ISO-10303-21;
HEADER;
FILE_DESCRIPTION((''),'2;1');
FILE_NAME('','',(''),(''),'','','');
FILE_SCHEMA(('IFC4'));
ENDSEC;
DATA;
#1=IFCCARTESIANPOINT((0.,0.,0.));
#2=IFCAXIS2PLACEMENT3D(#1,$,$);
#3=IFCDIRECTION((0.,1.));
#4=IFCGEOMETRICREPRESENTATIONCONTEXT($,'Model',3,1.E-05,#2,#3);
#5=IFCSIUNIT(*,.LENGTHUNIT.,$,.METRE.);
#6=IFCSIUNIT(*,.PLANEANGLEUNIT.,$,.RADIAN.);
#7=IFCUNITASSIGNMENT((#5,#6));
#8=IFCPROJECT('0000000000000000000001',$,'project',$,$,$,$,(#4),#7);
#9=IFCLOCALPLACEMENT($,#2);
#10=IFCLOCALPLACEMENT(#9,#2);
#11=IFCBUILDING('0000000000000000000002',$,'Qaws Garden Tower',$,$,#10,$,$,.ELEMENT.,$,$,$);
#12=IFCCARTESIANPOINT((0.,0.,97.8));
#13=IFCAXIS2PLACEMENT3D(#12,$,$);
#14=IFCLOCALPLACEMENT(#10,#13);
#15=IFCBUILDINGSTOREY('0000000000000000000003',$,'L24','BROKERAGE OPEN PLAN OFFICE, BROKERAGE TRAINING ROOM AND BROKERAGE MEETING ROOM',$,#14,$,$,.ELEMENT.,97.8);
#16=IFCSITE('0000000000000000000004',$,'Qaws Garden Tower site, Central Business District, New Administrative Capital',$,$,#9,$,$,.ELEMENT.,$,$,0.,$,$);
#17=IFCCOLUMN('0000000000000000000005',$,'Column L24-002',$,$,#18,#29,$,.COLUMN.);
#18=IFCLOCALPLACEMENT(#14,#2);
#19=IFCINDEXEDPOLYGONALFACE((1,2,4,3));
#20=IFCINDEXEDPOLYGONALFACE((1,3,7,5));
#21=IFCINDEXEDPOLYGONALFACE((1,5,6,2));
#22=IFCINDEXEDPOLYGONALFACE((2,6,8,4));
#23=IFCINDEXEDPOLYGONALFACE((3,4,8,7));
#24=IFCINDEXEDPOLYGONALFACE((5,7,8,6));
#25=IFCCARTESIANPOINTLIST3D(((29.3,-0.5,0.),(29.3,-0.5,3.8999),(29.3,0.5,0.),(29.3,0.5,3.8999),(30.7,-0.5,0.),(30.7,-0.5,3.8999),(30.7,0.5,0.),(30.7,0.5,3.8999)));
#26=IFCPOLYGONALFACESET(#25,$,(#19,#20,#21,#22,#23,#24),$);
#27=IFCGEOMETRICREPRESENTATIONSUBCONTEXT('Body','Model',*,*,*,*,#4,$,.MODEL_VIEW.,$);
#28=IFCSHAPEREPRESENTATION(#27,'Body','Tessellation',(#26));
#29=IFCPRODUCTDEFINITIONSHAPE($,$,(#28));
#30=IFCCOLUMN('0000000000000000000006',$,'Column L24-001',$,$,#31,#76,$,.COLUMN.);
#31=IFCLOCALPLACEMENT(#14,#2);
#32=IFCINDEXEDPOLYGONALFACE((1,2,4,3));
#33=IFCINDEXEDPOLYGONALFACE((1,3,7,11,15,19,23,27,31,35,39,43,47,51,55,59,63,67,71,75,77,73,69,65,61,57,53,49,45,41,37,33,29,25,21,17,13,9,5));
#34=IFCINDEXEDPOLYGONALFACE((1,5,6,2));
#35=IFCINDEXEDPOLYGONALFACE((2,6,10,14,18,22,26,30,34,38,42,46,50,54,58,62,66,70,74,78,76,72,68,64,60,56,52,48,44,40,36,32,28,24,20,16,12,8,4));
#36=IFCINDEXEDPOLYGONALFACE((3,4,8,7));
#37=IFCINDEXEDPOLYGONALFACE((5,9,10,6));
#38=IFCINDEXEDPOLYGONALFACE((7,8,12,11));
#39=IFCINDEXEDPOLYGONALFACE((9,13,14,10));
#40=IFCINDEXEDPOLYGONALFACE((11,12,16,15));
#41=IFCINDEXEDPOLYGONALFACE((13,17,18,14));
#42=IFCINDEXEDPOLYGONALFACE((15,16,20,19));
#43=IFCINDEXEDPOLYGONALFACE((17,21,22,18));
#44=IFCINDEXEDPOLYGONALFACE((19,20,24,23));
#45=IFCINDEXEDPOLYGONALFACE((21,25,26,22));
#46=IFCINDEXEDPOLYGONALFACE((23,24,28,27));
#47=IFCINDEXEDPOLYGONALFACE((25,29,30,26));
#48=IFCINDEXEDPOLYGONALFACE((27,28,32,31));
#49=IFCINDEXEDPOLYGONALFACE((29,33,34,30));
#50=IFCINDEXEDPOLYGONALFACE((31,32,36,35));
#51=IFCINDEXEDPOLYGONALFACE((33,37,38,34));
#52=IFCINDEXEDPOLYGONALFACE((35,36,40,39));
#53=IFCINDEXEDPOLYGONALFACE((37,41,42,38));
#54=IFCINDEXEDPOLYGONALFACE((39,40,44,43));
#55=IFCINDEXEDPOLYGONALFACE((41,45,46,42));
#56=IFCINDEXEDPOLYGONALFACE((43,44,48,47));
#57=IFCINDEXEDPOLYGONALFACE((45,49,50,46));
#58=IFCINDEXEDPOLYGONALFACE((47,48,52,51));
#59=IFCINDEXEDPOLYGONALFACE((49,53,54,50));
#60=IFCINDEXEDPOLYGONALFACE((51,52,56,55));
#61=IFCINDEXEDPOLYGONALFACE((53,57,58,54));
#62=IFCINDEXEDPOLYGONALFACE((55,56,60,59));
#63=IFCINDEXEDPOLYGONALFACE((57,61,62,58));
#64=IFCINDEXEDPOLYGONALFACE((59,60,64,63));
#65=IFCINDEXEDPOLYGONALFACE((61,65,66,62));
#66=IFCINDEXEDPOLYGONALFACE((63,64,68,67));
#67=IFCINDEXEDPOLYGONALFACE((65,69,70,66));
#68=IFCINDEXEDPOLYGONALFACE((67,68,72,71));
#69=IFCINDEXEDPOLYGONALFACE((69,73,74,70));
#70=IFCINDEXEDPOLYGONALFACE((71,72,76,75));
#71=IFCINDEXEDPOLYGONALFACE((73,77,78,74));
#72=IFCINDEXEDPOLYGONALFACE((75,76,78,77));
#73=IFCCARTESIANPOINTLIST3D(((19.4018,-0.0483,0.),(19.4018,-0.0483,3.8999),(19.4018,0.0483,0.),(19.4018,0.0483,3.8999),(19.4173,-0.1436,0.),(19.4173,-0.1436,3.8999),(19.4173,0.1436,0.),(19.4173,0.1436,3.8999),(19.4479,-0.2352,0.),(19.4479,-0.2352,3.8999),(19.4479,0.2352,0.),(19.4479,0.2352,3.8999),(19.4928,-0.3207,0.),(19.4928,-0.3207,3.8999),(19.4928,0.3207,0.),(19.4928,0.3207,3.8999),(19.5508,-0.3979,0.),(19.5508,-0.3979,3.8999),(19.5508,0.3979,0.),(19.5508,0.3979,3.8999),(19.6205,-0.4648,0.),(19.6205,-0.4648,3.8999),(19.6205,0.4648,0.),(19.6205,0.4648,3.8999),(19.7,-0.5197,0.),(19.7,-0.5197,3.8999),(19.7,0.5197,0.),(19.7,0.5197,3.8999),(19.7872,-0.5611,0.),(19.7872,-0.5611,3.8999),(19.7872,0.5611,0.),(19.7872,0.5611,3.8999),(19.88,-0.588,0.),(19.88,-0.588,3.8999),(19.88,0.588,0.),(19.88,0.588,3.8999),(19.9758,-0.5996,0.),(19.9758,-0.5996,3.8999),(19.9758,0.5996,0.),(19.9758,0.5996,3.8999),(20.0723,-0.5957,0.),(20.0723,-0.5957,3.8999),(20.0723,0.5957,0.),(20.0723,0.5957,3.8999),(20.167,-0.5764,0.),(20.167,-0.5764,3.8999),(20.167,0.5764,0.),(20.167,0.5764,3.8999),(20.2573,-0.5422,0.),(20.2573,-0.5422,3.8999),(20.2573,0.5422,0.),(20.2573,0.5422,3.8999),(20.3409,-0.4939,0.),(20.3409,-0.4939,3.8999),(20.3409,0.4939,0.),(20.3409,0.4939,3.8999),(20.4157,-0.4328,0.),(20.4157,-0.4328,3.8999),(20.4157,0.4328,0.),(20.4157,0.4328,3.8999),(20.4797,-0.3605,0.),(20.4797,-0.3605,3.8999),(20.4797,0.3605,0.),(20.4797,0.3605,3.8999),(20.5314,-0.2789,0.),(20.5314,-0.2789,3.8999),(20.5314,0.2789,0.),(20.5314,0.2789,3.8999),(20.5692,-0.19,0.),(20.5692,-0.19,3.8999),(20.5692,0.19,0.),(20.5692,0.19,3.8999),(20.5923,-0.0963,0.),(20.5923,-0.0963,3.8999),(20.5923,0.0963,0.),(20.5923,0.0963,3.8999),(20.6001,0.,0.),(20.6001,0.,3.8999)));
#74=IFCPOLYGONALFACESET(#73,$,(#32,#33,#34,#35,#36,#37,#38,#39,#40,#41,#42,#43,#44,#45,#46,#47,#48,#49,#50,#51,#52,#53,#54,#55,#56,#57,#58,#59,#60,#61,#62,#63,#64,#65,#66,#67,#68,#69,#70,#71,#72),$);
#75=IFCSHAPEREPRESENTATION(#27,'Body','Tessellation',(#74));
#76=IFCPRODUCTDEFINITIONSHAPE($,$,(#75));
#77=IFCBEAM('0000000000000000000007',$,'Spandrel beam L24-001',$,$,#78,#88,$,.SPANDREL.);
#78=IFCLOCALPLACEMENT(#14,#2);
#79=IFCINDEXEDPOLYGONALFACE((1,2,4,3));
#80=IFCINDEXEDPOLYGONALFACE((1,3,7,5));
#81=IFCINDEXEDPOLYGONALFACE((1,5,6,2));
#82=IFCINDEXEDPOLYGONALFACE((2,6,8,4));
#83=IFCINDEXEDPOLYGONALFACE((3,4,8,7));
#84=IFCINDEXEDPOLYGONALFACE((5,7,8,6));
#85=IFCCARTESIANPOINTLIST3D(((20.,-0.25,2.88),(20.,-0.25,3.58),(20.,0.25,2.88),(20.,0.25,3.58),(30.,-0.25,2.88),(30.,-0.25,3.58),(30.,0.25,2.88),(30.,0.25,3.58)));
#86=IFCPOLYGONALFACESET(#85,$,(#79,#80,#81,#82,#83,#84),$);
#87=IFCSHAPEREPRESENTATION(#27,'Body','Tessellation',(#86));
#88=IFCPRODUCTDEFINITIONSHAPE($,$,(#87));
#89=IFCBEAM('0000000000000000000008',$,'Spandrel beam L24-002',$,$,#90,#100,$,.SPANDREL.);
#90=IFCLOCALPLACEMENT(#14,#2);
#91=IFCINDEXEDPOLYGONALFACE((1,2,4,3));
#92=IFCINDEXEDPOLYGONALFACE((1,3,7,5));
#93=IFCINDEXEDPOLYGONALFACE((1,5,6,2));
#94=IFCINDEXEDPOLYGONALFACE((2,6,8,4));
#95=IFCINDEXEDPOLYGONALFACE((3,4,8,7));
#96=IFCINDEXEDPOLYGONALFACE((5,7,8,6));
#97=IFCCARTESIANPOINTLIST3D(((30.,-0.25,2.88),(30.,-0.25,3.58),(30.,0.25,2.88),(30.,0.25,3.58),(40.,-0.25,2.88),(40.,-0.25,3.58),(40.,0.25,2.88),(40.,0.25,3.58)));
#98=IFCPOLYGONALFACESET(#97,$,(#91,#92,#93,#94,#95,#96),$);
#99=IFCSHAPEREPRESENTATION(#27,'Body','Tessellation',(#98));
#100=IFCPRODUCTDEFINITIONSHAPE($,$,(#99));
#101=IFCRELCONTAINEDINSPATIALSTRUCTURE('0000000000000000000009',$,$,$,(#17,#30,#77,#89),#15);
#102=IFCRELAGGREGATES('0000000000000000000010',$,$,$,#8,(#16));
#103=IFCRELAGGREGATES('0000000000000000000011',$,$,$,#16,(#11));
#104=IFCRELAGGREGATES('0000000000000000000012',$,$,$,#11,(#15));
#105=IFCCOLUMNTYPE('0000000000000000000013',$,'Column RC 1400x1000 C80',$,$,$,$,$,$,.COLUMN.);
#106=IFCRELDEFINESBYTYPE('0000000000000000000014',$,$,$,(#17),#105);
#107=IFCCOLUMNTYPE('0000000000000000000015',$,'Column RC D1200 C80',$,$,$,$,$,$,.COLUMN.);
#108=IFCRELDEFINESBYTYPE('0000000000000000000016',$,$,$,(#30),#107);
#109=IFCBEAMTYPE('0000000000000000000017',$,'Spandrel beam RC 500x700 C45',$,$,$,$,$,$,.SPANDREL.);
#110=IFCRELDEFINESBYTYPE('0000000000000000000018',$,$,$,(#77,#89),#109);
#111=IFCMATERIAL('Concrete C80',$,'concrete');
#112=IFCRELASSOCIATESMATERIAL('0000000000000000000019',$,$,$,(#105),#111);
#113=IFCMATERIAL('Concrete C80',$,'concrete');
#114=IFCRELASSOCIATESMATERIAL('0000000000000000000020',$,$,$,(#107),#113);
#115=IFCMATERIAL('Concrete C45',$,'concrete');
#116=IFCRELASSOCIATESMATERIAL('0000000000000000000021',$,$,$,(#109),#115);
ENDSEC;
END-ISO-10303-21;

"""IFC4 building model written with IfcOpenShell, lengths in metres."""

from ifc_helpers import new_model, si_unit, direction, frame, origin, origin_2d, place, context, subcontext, project, spatial, rectangle, circle, extrude, material, material_profile, profile_set, type_object, element, save


model = new_model("IFC4")

# Units and contexts
model_context = context("Model", 3, precision=1e-05, world=origin(), true_north=direction((0.0, 1.0)))
body_context = subcontext(model_context, "Body", "Model", "MODEL_VIEW")
ifc_project = project(units=[si_unit("LENGTHUNIT", "METRE"), si_unit("PLANEANGLEUNIT", "RADIAN")], contexts=[model_context])

# Site, building, storey
site_placement = place(None, origin())
site = spatial("IfcSite", under=ifc_project, at=site_placement, Name="Qaws Garden Tower site, Central Business District, New Administrative Capital", CompositionType="ELEMENT", RefElevation=0.0)
building_placement = place(site_placement, origin())
building = spatial("IfcBuilding", under=site, at=building_placement, Name="Qaws Garden Tower", CompositionType="ELEMENT")
storey_placement = place(building_placement, frame((0.0, 0.0, 97.8)))
storey = spatial("IfcBuildingStorey", under=building, at=storey_placement, Name="L24", Description="BROKERAGE OPEN PLAN OFFICE, BROKERAGE TRAINING ROOM AND BROKERAGE MEETING ROOM", CompositionType="ELEMENT", Elevation=97.8)

# Columns
ifc_material_1 = material(Name="Concrete C80", Category="concrete")
ifc_material_profile_1 = material_profile(ifc_material_1, rectangle(XDim=1.3999, YDim=1.0, at=origin_2d()), Name="RC 1400x1000")
ifc_profile_set_1 = profile_set([ifc_material_profile_1], Name="Concrete C80")
column_type_1 = type_object("IfcColumnType", Name="Column RC 1400x1000 C80", PredefinedType="COLUMN", material=ifc_profile_set_1)
column_1_placement = place(storey_placement, frame((30.0, 0.0, 0.0), z_axis=(0.0, 0.0, 1.0), x_axis=(1.0, 0.0, 0.0)))
element("IfcColumn", 1, at=column_1_placement, inside=storey, type_object=column_type_1, Name="Column L24-002", PredefinedType="COLUMN", context=body_context, shape_type="SweptSolid", body=[
    extrude(rectangle(XDim=1.3999, YDim=1.0, at=origin_2d()), origin(), (0.0, 0.0, 1.0), 3.8999),
])
ifc_material_2 = material(Name="Concrete C80", Category="concrete")
ifc_material_profile_2 = material_profile(ifc_material_2, circle(Radius=0.6001, at=origin_2d()), Name="RC D1200")
ifc_profile_set_2 = profile_set([ifc_material_profile_2], Name="Concrete C80")
column_type_2 = type_object("IfcColumnType", Name="Column RC D1200 C80", PredefinedType="COLUMN", material=ifc_profile_set_2)
column_2_placement = place(storey_placement, frame((20.0, 0.0, 0.0), z_axis=(0.0, 0.0, 1.0), x_axis=(1.0, 0.0, 0.0)))
element("IfcColumn", 2, at=column_2_placement, inside=storey, type_object=column_type_2, Name="Column L24-001", PredefinedType="COLUMN", context=body_context, shape_type="SweptSolid", body=[
    extrude(circle(Radius=0.6001, at=origin_2d()), origin(), (0.0, 0.0, 1.0), 3.8999),
])

# Beams
ifc_material_3 = material(Name="Concrete C45", Category="concrete")
ifc_material_profile_3 = material_profile(ifc_material_3, rectangle(XDim=0.5, YDim=0.7, at=origin_2d()), Name="RC 500x700")
ifc_profile_set_3 = profile_set([ifc_material_profile_3], Name="Concrete C45")
beam_type = type_object("IfcBeamType", Name="Spandrel beam RC 500x700 C45", PredefinedType="SPANDREL", material=ifc_profile_set_3)
for number, where, z_axis, x_axis, name in (
    (3, (20.0, 0.0, 3.23), (1.0, 0.0, 0.0), (0.0, 1.0, 0.0), "Spandrel beam L24-001"),
    (4, (30.0, 0.0, 3.23), (1.0, 0.0, 0.0), (0.0, 1.0, 0.0), "Spandrel beam L24-002"),
):
    element("IfcBeam", number, at=place(storey_placement, frame(where, z_axis=z_axis, x_axis=x_axis)), inside=storey, type_object=beam_type, Name=name, PredefinedType="SPANDREL", context=body_context, shape_type="SweptSolid", body=[
        extrude(rectangle(XDim=0.5, YDim=0.7, at=origin_2d()), origin(), (0.0, 0.0, 1.0), 10.0),
    ])

save(model, "model.ifc")
